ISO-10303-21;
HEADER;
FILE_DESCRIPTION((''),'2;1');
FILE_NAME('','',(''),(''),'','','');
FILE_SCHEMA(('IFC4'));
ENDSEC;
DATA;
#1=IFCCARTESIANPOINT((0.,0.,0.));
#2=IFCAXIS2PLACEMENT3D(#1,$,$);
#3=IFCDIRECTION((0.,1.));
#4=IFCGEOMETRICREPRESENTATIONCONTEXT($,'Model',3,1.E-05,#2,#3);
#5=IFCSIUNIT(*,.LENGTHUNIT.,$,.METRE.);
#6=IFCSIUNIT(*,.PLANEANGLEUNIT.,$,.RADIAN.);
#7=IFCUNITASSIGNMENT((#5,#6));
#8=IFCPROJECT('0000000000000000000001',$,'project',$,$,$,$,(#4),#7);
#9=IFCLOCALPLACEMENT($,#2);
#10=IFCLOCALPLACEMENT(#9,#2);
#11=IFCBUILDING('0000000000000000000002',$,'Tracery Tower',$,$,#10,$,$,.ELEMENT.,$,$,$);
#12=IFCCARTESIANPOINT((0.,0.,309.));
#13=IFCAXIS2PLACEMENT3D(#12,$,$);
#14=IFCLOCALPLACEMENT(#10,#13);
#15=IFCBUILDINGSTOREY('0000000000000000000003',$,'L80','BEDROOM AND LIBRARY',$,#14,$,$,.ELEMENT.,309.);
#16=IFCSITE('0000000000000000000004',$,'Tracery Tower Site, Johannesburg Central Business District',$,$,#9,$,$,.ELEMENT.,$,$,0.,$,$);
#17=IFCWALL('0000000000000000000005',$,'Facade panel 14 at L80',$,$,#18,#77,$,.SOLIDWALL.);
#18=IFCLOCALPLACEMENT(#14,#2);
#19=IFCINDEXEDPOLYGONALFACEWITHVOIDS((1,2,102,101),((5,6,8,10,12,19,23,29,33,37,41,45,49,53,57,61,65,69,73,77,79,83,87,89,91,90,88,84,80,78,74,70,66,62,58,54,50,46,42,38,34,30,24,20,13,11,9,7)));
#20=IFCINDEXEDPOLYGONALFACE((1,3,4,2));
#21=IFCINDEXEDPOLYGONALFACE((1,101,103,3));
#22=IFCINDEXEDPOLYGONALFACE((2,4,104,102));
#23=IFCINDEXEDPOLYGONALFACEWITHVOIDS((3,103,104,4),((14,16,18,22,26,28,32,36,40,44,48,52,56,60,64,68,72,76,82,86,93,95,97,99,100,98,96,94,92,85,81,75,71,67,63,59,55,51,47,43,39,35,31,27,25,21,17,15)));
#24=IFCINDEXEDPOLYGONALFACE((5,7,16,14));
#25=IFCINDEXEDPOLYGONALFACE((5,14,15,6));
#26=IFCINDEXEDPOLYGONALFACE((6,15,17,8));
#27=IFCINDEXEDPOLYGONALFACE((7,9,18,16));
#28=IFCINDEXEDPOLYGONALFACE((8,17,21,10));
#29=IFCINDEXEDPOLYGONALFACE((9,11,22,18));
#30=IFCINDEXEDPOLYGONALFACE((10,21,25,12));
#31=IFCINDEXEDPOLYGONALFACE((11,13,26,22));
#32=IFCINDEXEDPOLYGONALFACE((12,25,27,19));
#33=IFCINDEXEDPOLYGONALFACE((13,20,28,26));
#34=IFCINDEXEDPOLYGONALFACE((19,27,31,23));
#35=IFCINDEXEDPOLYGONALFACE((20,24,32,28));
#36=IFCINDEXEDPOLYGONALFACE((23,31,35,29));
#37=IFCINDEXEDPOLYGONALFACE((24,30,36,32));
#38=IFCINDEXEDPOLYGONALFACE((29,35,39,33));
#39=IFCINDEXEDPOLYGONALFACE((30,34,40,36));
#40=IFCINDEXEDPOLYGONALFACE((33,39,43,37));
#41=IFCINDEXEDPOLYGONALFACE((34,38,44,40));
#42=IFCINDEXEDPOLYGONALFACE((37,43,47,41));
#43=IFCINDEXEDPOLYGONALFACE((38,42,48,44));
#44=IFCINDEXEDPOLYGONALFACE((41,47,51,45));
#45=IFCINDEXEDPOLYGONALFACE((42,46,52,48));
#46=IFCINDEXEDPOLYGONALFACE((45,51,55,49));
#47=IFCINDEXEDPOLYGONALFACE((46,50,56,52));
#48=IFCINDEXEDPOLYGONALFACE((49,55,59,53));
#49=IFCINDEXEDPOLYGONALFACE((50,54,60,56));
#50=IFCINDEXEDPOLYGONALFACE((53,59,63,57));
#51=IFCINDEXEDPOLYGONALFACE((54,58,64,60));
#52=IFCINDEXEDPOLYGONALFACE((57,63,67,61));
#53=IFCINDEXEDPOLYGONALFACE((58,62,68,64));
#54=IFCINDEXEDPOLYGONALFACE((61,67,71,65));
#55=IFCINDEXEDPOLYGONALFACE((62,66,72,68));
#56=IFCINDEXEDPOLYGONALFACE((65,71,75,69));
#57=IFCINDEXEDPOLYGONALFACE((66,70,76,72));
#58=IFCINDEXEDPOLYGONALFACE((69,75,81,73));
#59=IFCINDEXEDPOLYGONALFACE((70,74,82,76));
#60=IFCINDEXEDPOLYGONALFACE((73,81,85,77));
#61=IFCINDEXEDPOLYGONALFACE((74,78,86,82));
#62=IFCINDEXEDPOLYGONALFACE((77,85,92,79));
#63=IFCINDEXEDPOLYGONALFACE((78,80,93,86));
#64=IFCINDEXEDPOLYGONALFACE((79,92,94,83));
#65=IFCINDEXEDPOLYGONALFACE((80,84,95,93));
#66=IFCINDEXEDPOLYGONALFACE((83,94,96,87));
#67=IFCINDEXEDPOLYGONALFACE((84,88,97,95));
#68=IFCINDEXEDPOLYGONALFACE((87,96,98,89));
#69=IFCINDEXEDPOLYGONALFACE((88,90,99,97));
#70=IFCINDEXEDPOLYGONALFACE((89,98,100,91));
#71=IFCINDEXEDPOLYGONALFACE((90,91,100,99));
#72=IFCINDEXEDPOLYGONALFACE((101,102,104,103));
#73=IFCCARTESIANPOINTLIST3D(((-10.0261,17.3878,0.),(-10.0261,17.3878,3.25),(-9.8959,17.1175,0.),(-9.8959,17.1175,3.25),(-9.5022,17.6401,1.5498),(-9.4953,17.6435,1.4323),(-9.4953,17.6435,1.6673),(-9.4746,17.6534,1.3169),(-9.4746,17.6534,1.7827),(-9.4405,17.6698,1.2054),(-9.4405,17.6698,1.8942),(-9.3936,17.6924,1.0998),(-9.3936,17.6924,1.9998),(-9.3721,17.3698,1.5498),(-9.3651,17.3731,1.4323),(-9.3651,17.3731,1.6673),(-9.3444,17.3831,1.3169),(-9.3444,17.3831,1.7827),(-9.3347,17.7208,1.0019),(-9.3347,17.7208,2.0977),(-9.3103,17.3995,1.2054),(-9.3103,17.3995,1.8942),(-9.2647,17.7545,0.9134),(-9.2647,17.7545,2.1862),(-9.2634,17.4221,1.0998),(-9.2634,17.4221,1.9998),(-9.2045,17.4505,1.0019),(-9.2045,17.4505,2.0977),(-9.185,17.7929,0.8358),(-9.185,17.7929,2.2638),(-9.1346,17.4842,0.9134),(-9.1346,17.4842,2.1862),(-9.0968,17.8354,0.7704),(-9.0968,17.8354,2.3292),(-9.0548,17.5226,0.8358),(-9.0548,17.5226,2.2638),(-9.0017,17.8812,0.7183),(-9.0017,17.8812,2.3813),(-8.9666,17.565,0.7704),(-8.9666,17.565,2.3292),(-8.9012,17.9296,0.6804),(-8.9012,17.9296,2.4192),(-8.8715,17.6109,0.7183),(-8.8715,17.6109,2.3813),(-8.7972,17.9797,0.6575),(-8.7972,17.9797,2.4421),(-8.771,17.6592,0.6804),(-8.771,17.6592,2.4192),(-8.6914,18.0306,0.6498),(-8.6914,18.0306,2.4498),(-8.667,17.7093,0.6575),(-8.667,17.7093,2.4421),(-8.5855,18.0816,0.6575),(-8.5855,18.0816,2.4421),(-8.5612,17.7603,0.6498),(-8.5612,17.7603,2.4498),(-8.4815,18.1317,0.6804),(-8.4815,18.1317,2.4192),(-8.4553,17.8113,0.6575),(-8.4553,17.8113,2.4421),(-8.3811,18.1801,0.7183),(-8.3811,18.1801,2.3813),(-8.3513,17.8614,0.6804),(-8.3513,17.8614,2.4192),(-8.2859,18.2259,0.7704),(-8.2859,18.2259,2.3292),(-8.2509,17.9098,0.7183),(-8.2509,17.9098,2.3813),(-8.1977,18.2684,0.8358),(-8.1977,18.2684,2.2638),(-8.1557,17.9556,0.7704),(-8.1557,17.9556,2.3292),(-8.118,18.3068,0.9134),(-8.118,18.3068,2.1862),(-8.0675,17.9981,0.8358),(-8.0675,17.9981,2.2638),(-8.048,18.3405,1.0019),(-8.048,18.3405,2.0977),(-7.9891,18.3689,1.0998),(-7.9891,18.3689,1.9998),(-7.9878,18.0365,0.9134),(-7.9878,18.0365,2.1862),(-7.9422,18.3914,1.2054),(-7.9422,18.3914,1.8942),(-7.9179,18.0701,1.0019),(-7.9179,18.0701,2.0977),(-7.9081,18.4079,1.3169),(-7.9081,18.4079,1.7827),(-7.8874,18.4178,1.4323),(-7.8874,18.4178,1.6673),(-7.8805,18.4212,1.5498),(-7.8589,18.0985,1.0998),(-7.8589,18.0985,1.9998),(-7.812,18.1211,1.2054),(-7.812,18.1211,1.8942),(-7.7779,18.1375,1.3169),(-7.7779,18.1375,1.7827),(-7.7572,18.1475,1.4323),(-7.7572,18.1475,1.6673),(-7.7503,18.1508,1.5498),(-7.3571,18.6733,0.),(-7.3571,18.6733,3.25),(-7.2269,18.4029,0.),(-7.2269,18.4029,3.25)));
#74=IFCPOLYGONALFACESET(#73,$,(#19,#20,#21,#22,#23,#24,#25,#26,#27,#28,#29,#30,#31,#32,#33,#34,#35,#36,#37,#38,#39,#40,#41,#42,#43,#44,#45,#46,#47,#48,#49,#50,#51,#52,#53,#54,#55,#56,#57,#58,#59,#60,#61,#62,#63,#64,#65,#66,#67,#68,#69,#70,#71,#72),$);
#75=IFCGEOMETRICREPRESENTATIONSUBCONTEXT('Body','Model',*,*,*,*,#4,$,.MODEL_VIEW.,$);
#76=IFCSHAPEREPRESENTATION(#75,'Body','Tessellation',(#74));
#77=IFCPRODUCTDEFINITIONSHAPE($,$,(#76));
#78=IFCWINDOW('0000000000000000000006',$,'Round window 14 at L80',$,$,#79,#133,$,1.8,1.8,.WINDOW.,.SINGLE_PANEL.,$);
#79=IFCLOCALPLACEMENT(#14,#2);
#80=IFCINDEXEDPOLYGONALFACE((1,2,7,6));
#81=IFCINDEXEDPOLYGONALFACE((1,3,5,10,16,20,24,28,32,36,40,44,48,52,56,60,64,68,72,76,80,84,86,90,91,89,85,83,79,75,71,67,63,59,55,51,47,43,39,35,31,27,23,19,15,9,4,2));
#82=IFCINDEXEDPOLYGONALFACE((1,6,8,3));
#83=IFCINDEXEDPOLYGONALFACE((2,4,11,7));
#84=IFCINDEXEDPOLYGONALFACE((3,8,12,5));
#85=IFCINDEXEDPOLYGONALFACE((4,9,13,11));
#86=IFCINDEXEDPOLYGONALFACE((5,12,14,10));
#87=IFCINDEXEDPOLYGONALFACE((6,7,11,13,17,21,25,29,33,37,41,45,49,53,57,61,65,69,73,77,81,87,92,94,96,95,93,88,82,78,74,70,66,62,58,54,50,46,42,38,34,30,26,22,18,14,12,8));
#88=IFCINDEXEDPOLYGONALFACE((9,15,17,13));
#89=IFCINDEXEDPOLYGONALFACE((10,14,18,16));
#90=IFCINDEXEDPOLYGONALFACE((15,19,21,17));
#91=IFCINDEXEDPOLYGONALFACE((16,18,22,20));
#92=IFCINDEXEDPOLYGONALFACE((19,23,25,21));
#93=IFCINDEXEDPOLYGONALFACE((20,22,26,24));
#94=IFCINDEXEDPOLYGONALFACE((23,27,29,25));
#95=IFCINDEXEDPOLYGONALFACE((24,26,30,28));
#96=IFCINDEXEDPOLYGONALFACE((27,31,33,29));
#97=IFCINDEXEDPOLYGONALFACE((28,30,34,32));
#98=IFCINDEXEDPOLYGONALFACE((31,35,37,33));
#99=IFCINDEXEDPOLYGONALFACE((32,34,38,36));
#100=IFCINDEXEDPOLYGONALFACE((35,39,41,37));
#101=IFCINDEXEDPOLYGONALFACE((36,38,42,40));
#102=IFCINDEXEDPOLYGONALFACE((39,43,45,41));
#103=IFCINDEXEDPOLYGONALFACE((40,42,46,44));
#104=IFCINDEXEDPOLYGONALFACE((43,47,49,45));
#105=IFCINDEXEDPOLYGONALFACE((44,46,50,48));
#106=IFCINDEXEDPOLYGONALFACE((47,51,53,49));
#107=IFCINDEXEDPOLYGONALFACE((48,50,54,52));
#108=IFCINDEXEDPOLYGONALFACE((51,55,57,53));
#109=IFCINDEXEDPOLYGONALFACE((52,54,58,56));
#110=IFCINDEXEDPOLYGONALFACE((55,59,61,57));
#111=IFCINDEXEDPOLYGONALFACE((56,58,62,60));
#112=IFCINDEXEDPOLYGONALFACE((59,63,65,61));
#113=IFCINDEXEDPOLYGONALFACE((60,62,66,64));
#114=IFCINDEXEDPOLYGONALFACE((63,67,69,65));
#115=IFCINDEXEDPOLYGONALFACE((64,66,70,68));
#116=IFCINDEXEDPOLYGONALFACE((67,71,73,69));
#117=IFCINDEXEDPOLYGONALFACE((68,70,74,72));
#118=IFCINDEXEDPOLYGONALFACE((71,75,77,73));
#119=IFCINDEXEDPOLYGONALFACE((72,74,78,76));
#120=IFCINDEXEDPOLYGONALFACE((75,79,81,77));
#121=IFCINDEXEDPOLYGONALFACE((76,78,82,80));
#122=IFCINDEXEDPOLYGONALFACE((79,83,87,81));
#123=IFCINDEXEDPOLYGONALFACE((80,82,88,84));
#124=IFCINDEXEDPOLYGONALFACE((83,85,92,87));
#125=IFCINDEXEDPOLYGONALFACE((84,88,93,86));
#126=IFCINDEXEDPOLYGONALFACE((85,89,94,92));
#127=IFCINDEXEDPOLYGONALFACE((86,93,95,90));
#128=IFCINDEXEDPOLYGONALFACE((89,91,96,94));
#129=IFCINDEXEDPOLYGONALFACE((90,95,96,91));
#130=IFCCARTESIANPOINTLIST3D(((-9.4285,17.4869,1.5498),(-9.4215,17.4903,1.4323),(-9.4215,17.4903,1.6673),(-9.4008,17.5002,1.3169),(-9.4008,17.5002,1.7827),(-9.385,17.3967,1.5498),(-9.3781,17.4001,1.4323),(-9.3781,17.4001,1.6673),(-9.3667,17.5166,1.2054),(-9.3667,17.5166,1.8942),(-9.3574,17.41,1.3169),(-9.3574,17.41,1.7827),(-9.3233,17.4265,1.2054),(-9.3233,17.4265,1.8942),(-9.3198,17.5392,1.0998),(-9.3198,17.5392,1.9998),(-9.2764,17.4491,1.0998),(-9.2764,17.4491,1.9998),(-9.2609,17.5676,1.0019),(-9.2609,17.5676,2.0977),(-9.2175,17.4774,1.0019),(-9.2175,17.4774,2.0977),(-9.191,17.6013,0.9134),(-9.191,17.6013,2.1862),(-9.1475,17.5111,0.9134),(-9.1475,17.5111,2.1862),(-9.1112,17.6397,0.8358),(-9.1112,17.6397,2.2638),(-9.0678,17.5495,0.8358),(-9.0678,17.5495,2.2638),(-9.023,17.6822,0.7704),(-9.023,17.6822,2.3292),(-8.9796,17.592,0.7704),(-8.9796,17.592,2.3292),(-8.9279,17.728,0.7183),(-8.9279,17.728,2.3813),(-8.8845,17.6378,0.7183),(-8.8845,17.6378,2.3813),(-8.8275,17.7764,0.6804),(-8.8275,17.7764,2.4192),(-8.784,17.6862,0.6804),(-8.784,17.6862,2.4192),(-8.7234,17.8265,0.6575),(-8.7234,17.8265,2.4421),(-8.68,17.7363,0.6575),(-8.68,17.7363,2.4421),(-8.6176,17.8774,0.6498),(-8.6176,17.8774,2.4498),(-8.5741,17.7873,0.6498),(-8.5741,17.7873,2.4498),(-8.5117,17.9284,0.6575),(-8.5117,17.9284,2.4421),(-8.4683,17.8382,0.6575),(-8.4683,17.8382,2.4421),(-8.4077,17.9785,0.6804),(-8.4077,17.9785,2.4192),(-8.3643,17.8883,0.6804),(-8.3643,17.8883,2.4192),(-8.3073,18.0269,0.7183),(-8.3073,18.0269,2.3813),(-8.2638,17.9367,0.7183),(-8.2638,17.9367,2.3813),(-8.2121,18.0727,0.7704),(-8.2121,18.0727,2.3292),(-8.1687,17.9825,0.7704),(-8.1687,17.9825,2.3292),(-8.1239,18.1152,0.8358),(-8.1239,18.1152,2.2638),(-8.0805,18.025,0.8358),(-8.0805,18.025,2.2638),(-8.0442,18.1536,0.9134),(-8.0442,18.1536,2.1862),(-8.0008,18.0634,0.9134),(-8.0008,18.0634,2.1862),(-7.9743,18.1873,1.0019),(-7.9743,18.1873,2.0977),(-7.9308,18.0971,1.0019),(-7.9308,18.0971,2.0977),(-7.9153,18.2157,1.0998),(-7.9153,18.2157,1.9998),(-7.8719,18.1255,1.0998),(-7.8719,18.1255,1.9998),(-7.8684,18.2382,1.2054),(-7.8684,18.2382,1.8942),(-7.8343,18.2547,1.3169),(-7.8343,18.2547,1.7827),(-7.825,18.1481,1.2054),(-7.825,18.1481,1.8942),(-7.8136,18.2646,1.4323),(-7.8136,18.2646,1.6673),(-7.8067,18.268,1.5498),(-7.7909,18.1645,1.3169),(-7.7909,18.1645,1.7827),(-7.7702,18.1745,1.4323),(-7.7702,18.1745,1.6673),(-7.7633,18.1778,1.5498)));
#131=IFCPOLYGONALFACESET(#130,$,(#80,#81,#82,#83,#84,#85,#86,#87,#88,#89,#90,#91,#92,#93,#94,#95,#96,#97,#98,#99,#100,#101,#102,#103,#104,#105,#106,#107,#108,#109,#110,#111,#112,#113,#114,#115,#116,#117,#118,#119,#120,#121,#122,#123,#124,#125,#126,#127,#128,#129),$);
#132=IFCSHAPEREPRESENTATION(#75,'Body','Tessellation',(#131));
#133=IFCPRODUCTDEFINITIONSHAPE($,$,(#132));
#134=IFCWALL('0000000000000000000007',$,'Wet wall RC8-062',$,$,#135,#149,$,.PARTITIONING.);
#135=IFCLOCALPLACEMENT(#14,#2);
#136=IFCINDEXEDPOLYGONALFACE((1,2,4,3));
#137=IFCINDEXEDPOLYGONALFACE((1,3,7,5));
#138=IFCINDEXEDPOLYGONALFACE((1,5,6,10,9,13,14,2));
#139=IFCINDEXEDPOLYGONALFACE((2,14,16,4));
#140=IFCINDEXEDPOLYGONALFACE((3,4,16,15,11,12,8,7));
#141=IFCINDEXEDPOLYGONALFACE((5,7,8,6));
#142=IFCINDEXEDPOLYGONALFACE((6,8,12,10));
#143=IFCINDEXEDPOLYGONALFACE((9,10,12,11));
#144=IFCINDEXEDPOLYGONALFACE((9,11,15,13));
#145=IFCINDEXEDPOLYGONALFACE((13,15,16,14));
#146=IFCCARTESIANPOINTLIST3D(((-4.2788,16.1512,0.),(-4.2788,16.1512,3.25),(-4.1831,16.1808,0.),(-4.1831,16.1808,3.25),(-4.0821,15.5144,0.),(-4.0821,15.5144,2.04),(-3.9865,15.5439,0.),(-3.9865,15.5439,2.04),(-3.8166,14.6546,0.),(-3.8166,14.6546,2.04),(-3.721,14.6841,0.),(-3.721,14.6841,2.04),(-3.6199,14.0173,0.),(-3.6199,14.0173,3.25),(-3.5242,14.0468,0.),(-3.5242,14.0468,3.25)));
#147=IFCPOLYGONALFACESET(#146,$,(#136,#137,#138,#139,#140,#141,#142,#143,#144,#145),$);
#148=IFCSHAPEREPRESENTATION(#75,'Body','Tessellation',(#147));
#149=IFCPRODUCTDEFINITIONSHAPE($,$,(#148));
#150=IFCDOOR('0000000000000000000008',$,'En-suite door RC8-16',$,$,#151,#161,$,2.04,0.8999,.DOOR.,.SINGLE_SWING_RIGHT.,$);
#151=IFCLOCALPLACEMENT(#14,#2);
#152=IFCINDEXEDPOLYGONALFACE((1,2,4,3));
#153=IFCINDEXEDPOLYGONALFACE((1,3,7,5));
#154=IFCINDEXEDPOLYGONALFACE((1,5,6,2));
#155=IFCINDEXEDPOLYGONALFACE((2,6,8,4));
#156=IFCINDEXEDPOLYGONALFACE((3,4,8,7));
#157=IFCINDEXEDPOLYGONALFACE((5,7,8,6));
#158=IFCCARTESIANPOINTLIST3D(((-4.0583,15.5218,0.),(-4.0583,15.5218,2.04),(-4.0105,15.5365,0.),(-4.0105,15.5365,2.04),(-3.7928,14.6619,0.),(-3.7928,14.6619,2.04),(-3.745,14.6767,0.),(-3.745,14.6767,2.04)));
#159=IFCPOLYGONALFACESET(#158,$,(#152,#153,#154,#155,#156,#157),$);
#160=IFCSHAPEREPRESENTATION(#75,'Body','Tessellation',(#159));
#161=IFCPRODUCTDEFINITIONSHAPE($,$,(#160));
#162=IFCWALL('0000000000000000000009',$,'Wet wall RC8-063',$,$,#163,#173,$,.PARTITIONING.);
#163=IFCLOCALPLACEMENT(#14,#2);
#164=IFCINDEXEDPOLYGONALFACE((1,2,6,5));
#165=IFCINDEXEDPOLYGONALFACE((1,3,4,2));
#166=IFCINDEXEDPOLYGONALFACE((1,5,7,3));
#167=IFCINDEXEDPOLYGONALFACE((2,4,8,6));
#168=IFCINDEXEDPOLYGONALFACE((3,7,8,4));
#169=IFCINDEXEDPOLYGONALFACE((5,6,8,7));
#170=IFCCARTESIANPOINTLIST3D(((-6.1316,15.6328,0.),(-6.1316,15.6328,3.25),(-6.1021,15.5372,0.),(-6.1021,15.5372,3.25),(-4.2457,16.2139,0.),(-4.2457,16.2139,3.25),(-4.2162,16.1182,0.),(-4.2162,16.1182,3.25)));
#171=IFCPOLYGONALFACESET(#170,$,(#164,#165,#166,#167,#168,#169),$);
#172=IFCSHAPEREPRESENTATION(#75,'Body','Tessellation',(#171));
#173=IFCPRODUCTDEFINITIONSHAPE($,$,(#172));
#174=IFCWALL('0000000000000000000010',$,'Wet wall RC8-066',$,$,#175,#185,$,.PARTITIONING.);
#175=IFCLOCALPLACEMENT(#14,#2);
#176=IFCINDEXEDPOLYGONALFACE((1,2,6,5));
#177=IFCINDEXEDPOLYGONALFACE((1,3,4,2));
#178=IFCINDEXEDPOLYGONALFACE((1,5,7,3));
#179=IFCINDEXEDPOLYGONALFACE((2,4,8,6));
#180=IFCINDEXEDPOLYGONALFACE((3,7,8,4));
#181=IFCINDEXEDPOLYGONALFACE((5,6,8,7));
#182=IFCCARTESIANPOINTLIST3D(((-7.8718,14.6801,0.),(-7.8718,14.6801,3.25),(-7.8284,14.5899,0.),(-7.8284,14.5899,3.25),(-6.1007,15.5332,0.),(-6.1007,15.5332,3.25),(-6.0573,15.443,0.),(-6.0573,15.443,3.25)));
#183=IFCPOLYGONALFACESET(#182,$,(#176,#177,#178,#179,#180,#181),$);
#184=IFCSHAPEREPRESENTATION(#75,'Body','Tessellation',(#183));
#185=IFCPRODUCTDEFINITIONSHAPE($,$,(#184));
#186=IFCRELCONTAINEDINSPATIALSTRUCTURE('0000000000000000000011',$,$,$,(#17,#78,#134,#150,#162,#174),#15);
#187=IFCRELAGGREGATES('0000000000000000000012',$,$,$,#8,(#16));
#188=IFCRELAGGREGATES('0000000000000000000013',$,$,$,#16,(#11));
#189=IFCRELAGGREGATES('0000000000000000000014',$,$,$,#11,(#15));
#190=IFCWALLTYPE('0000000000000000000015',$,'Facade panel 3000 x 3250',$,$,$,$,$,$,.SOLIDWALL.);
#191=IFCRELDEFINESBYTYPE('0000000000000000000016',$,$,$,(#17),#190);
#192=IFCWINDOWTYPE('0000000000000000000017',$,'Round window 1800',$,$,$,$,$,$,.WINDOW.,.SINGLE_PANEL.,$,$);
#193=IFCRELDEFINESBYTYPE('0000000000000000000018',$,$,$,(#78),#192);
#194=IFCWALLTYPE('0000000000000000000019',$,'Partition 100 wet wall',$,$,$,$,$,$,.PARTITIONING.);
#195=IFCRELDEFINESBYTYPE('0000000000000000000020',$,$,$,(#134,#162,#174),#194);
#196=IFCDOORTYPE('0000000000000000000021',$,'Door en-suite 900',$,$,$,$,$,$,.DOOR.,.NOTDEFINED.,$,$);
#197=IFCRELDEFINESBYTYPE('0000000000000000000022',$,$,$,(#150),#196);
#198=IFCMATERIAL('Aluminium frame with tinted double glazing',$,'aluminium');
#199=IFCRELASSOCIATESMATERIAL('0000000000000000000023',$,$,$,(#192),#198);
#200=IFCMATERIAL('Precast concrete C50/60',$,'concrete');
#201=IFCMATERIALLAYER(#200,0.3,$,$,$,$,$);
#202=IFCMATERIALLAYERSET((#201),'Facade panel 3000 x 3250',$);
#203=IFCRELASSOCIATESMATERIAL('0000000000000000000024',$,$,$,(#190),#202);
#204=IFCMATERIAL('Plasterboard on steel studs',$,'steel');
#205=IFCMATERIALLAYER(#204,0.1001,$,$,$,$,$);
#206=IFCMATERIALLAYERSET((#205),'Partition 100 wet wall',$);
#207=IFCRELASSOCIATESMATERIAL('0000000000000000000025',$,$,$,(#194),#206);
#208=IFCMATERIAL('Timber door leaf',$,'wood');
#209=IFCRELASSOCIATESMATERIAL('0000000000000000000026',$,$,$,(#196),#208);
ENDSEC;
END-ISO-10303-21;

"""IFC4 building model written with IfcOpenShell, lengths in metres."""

from ifc_helpers import new_model, si_unit, direction, frame, frame_2d, origin, origin_2d, place, context, subcontext, project, spatial, rectangle, circle, extrude, material, layer, layer_set, type_object, element, fill, save


model = new_model("IFC4")

# Units and contexts
model_context = context("Model", 3, precision=1e-05, world=origin(), true_north=direction((0.0, 1.0)))
body_context = subcontext(model_context, "Body", "Model", "MODEL_VIEW")
ifc_project = project(units=[si_unit("LENGTHUNIT", "METRE"), si_unit("PLANEANGLEUNIT", "RADIAN")], contexts=[model_context])

# Site, building, storey
site_placement = place(None, origin())
site = spatial("IfcSite", under=ifc_project, at=site_placement, Name="Tracery Tower Site, Johannesburg Central Business District", CompositionType="ELEMENT", RefElevation=0.0)
building_placement = place(site_placement, origin())
building = spatial("IfcBuilding", under=site, at=building_placement, Name="Tracery Tower", CompositionType="ELEMENT")
storey_placement = place(building_placement, frame((0.0, 0.0, 309.0)))
storey = spatial("IfcBuildingStorey", under=building, at=storey_placement, Name="L80", Description="BEDROOM AND LIBRARY", CompositionType="ELEMENT", Elevation=309.0)

# Wall, opening, window
ifc_material_1 = material(Name="Aluminium frame with tinted double glazing", Category="aluminium")
window_type = type_object("IfcWindowType", Name="Round window 1800", PartitioningType="SINGLE_PANEL", PredefinedType="WINDOW", material=ifc_material_1)
ifc_material_2 = material(Name="Precast concrete C50/60", Category="concrete")
ifc_layer_1 = layer(ifc_material_2, 0.3)
ifc_layer_set_1 = layer_set([ifc_layer_1], Name="Facade panel 3000 x 3250")
wall_type_1 = type_object("IfcWallType", Name="Facade panel 3000 x 3250", PredefinedType="SOLIDWALL", material=ifc_layer_set_1)
wall_1_placement = place(storey_placement, frame((-7.292, 18.5381, 0.0), z_axis=(0.0, 0.0, 1.0), x_axis=(-0.900955, -0.433912, 0.0)))
wall_1 = element("IfcWall", 1, at=wall_1_placement, inside=storey, type_object=wall_type_1, Name="Facade panel 14 at L80", PredefinedType="SOLIDWALL", context=body_context, shape_type="SweptSolid", body=[
    extrude(rectangle(XDim=2.9624, YDim=0.3, at=frame_2d((1.4812, 0.0))), origin(), (0.0, 0.0, 1.0), 3.25),
])
opening_1_placement = place(wall_1_placement, frame((1.481, 0.0, 1.5498)))
opening_1 = element("IfcOpeningElement", 2, at=opening_1_placement, cuts=wall_1, PredefinedType="OPENING", context=body_context, shape_type="SweptSolid", body=[
    extrude(circle(Radius=0.9, at=origin_2d()), frame((0.0, 0.1599, 0.0), z_axis=(0.0, -1.0, 0.0), x_axis=(1.0, 0.0, 0.0)), (0.0, 0.0, 1.0), 0.3201),
])
window_1_placement = place(opening_1_placement, origin())
window_1 = element("IfcWindow", 3, at=window_1_placement, inside=storey, type_object=window_type, Name="Round window 14 at L80", OverallHeight=1.8, OverallWidth=1.8, PartitioningType="SINGLE_PANEL", PredefinedType="WINDOW", context=body_context, shape_type="SweptSolid", body=[
    extrude(circle(Radius=0.9, at=origin_2d()), frame((0.0, 0.1201, 0.0), z_axis=(0.0, -1.0, 0.0), x_axis=(1.0, 0.0, 0.0)), (0.0, 0.0, 1.0), 0.1001),
])
fill(opening_1, window_1)

# Wall, opening, door
ifc_material_3 = material(Name="Plasterboard on steel studs", Category="steel")
ifc_layer_2 = layer(ifc_material_3, 0.1001)
ifc_layer_set_2 = layer_set([ifc_layer_2], Name="Partition 100 wet wall")
wall_type_2 = type_object("IfcWallType", Name="Partition 100 wet wall", PredefinedType="PARTITIONING", material=ifc_layer_set_2)
wall_2_placement = place(storey_placement, frame((-4.231, 16.166, 0.0), z_axis=(0.0, 0.0, 1.0), x_axis=(0.295031, -0.955488, 0.0)))
wall_2 = element("IfcWall", 4, at=wall_2_placement, inside=storey, type_object=wall_type_2, Name="Wet wall RC8-062", PredefinedType="PARTITIONING", context=body_context, shape_type="SweptSolid", body=[
    extrude(rectangle(XDim=2.2334, YDim=0.1001, at=frame_2d((1.1167, 0.0))), origin(), (0.0, 0.0, 1.0), 3.25),
])
opening_2_placement = place(wall_2_placement, frame((0.6665, 0.0, 0.0)))
opening_2 = element("IfcOpeningElement", 5, at=opening_2_placement, cuts=wall_2, PredefinedType="OPENING", context=body_context, shape_type="SweptSolid", body=[
    extrude(rectangle(XDim=0.8999, YDim=2.04, at=frame_2d((0.45, 1.02))), frame((0.0, 0.05, 0.0), z_axis=(0.0, -1.0, 0.0), x_axis=(1.0, 0.0, 0.0)), (0.0, 0.0, 1.0), 0.1001),
])
ifc_material_4 = material(Name="Timber door leaf", Category="wood")
door_type = type_object("IfcDoorType", Name="Door en-suite 900", OperationType="NOTDEFINED", PredefinedType="DOOR", material=ifc_material_4)
door_1_placement = place(opening_2_placement, origin())
door_1 = element("IfcDoor", 6, at=door_1_placement, inside=storey, type_object=door_type, Name="En-suite door RC8-16", OperationType="SINGLE_SWING_RIGHT", OverallHeight=2.04, OverallWidth=0.8999, PredefinedType="DOOR", context=body_context, shape_type="SweptSolid", body=[
    extrude(rectangle(XDim=0.8999, YDim=2.04, at=frame_2d((0.45, 1.02))), frame((0.0, 0.0249, 0.0), z_axis=(0.0, -1.0, 0.0), x_axis=(1.0, 0.0, 0.0)), (0.0, 0.0, 1.0), 0.05),
])
fill(opening_2, door_1)

# Walls
wall_3_placement = place(storey_placement, frame((-6.1169, 15.585, 0.0), z_axis=(0.0, 0.0, 1.0), x_axis=(0.955672, 0.294434, 0.0)))
element("IfcWall", 7, at=wall_3_placement, inside=storey, type_object=wall_type_2, Name="Wet wall RC8-063", PredefinedType="PARTITIONING", context=body_context, shape_type="SweptSolid", body=[
    extrude(rectangle(XDim=1.9734, YDim=0.1001, at=frame_2d((0.9868, 0.0))), origin(), (0.0, 0.0, 1.0), 3.25),
])
wall_4_placement = place(storey_placement, frame((-7.8501, 14.635, 0.0), z_axis=(0.0, 0.0, 1.0), x_axis=(0.900937, 0.43395, 0.0)))
element("IfcWall", 8, at=wall_4_placement, inside=storey, type_object=wall_type_2, Name="Wet wall RC8-066", PredefinedType="PARTITIONING", context=body_context, shape_type="SweptSolid", body=[
    extrude(rectangle(XDim=1.9658, YDim=0.1001, at=frame_2d((0.9829, 0.0))), origin(), (0.0, 0.0, 1.0), 3.25),
])

save(model, "model.ifc")
